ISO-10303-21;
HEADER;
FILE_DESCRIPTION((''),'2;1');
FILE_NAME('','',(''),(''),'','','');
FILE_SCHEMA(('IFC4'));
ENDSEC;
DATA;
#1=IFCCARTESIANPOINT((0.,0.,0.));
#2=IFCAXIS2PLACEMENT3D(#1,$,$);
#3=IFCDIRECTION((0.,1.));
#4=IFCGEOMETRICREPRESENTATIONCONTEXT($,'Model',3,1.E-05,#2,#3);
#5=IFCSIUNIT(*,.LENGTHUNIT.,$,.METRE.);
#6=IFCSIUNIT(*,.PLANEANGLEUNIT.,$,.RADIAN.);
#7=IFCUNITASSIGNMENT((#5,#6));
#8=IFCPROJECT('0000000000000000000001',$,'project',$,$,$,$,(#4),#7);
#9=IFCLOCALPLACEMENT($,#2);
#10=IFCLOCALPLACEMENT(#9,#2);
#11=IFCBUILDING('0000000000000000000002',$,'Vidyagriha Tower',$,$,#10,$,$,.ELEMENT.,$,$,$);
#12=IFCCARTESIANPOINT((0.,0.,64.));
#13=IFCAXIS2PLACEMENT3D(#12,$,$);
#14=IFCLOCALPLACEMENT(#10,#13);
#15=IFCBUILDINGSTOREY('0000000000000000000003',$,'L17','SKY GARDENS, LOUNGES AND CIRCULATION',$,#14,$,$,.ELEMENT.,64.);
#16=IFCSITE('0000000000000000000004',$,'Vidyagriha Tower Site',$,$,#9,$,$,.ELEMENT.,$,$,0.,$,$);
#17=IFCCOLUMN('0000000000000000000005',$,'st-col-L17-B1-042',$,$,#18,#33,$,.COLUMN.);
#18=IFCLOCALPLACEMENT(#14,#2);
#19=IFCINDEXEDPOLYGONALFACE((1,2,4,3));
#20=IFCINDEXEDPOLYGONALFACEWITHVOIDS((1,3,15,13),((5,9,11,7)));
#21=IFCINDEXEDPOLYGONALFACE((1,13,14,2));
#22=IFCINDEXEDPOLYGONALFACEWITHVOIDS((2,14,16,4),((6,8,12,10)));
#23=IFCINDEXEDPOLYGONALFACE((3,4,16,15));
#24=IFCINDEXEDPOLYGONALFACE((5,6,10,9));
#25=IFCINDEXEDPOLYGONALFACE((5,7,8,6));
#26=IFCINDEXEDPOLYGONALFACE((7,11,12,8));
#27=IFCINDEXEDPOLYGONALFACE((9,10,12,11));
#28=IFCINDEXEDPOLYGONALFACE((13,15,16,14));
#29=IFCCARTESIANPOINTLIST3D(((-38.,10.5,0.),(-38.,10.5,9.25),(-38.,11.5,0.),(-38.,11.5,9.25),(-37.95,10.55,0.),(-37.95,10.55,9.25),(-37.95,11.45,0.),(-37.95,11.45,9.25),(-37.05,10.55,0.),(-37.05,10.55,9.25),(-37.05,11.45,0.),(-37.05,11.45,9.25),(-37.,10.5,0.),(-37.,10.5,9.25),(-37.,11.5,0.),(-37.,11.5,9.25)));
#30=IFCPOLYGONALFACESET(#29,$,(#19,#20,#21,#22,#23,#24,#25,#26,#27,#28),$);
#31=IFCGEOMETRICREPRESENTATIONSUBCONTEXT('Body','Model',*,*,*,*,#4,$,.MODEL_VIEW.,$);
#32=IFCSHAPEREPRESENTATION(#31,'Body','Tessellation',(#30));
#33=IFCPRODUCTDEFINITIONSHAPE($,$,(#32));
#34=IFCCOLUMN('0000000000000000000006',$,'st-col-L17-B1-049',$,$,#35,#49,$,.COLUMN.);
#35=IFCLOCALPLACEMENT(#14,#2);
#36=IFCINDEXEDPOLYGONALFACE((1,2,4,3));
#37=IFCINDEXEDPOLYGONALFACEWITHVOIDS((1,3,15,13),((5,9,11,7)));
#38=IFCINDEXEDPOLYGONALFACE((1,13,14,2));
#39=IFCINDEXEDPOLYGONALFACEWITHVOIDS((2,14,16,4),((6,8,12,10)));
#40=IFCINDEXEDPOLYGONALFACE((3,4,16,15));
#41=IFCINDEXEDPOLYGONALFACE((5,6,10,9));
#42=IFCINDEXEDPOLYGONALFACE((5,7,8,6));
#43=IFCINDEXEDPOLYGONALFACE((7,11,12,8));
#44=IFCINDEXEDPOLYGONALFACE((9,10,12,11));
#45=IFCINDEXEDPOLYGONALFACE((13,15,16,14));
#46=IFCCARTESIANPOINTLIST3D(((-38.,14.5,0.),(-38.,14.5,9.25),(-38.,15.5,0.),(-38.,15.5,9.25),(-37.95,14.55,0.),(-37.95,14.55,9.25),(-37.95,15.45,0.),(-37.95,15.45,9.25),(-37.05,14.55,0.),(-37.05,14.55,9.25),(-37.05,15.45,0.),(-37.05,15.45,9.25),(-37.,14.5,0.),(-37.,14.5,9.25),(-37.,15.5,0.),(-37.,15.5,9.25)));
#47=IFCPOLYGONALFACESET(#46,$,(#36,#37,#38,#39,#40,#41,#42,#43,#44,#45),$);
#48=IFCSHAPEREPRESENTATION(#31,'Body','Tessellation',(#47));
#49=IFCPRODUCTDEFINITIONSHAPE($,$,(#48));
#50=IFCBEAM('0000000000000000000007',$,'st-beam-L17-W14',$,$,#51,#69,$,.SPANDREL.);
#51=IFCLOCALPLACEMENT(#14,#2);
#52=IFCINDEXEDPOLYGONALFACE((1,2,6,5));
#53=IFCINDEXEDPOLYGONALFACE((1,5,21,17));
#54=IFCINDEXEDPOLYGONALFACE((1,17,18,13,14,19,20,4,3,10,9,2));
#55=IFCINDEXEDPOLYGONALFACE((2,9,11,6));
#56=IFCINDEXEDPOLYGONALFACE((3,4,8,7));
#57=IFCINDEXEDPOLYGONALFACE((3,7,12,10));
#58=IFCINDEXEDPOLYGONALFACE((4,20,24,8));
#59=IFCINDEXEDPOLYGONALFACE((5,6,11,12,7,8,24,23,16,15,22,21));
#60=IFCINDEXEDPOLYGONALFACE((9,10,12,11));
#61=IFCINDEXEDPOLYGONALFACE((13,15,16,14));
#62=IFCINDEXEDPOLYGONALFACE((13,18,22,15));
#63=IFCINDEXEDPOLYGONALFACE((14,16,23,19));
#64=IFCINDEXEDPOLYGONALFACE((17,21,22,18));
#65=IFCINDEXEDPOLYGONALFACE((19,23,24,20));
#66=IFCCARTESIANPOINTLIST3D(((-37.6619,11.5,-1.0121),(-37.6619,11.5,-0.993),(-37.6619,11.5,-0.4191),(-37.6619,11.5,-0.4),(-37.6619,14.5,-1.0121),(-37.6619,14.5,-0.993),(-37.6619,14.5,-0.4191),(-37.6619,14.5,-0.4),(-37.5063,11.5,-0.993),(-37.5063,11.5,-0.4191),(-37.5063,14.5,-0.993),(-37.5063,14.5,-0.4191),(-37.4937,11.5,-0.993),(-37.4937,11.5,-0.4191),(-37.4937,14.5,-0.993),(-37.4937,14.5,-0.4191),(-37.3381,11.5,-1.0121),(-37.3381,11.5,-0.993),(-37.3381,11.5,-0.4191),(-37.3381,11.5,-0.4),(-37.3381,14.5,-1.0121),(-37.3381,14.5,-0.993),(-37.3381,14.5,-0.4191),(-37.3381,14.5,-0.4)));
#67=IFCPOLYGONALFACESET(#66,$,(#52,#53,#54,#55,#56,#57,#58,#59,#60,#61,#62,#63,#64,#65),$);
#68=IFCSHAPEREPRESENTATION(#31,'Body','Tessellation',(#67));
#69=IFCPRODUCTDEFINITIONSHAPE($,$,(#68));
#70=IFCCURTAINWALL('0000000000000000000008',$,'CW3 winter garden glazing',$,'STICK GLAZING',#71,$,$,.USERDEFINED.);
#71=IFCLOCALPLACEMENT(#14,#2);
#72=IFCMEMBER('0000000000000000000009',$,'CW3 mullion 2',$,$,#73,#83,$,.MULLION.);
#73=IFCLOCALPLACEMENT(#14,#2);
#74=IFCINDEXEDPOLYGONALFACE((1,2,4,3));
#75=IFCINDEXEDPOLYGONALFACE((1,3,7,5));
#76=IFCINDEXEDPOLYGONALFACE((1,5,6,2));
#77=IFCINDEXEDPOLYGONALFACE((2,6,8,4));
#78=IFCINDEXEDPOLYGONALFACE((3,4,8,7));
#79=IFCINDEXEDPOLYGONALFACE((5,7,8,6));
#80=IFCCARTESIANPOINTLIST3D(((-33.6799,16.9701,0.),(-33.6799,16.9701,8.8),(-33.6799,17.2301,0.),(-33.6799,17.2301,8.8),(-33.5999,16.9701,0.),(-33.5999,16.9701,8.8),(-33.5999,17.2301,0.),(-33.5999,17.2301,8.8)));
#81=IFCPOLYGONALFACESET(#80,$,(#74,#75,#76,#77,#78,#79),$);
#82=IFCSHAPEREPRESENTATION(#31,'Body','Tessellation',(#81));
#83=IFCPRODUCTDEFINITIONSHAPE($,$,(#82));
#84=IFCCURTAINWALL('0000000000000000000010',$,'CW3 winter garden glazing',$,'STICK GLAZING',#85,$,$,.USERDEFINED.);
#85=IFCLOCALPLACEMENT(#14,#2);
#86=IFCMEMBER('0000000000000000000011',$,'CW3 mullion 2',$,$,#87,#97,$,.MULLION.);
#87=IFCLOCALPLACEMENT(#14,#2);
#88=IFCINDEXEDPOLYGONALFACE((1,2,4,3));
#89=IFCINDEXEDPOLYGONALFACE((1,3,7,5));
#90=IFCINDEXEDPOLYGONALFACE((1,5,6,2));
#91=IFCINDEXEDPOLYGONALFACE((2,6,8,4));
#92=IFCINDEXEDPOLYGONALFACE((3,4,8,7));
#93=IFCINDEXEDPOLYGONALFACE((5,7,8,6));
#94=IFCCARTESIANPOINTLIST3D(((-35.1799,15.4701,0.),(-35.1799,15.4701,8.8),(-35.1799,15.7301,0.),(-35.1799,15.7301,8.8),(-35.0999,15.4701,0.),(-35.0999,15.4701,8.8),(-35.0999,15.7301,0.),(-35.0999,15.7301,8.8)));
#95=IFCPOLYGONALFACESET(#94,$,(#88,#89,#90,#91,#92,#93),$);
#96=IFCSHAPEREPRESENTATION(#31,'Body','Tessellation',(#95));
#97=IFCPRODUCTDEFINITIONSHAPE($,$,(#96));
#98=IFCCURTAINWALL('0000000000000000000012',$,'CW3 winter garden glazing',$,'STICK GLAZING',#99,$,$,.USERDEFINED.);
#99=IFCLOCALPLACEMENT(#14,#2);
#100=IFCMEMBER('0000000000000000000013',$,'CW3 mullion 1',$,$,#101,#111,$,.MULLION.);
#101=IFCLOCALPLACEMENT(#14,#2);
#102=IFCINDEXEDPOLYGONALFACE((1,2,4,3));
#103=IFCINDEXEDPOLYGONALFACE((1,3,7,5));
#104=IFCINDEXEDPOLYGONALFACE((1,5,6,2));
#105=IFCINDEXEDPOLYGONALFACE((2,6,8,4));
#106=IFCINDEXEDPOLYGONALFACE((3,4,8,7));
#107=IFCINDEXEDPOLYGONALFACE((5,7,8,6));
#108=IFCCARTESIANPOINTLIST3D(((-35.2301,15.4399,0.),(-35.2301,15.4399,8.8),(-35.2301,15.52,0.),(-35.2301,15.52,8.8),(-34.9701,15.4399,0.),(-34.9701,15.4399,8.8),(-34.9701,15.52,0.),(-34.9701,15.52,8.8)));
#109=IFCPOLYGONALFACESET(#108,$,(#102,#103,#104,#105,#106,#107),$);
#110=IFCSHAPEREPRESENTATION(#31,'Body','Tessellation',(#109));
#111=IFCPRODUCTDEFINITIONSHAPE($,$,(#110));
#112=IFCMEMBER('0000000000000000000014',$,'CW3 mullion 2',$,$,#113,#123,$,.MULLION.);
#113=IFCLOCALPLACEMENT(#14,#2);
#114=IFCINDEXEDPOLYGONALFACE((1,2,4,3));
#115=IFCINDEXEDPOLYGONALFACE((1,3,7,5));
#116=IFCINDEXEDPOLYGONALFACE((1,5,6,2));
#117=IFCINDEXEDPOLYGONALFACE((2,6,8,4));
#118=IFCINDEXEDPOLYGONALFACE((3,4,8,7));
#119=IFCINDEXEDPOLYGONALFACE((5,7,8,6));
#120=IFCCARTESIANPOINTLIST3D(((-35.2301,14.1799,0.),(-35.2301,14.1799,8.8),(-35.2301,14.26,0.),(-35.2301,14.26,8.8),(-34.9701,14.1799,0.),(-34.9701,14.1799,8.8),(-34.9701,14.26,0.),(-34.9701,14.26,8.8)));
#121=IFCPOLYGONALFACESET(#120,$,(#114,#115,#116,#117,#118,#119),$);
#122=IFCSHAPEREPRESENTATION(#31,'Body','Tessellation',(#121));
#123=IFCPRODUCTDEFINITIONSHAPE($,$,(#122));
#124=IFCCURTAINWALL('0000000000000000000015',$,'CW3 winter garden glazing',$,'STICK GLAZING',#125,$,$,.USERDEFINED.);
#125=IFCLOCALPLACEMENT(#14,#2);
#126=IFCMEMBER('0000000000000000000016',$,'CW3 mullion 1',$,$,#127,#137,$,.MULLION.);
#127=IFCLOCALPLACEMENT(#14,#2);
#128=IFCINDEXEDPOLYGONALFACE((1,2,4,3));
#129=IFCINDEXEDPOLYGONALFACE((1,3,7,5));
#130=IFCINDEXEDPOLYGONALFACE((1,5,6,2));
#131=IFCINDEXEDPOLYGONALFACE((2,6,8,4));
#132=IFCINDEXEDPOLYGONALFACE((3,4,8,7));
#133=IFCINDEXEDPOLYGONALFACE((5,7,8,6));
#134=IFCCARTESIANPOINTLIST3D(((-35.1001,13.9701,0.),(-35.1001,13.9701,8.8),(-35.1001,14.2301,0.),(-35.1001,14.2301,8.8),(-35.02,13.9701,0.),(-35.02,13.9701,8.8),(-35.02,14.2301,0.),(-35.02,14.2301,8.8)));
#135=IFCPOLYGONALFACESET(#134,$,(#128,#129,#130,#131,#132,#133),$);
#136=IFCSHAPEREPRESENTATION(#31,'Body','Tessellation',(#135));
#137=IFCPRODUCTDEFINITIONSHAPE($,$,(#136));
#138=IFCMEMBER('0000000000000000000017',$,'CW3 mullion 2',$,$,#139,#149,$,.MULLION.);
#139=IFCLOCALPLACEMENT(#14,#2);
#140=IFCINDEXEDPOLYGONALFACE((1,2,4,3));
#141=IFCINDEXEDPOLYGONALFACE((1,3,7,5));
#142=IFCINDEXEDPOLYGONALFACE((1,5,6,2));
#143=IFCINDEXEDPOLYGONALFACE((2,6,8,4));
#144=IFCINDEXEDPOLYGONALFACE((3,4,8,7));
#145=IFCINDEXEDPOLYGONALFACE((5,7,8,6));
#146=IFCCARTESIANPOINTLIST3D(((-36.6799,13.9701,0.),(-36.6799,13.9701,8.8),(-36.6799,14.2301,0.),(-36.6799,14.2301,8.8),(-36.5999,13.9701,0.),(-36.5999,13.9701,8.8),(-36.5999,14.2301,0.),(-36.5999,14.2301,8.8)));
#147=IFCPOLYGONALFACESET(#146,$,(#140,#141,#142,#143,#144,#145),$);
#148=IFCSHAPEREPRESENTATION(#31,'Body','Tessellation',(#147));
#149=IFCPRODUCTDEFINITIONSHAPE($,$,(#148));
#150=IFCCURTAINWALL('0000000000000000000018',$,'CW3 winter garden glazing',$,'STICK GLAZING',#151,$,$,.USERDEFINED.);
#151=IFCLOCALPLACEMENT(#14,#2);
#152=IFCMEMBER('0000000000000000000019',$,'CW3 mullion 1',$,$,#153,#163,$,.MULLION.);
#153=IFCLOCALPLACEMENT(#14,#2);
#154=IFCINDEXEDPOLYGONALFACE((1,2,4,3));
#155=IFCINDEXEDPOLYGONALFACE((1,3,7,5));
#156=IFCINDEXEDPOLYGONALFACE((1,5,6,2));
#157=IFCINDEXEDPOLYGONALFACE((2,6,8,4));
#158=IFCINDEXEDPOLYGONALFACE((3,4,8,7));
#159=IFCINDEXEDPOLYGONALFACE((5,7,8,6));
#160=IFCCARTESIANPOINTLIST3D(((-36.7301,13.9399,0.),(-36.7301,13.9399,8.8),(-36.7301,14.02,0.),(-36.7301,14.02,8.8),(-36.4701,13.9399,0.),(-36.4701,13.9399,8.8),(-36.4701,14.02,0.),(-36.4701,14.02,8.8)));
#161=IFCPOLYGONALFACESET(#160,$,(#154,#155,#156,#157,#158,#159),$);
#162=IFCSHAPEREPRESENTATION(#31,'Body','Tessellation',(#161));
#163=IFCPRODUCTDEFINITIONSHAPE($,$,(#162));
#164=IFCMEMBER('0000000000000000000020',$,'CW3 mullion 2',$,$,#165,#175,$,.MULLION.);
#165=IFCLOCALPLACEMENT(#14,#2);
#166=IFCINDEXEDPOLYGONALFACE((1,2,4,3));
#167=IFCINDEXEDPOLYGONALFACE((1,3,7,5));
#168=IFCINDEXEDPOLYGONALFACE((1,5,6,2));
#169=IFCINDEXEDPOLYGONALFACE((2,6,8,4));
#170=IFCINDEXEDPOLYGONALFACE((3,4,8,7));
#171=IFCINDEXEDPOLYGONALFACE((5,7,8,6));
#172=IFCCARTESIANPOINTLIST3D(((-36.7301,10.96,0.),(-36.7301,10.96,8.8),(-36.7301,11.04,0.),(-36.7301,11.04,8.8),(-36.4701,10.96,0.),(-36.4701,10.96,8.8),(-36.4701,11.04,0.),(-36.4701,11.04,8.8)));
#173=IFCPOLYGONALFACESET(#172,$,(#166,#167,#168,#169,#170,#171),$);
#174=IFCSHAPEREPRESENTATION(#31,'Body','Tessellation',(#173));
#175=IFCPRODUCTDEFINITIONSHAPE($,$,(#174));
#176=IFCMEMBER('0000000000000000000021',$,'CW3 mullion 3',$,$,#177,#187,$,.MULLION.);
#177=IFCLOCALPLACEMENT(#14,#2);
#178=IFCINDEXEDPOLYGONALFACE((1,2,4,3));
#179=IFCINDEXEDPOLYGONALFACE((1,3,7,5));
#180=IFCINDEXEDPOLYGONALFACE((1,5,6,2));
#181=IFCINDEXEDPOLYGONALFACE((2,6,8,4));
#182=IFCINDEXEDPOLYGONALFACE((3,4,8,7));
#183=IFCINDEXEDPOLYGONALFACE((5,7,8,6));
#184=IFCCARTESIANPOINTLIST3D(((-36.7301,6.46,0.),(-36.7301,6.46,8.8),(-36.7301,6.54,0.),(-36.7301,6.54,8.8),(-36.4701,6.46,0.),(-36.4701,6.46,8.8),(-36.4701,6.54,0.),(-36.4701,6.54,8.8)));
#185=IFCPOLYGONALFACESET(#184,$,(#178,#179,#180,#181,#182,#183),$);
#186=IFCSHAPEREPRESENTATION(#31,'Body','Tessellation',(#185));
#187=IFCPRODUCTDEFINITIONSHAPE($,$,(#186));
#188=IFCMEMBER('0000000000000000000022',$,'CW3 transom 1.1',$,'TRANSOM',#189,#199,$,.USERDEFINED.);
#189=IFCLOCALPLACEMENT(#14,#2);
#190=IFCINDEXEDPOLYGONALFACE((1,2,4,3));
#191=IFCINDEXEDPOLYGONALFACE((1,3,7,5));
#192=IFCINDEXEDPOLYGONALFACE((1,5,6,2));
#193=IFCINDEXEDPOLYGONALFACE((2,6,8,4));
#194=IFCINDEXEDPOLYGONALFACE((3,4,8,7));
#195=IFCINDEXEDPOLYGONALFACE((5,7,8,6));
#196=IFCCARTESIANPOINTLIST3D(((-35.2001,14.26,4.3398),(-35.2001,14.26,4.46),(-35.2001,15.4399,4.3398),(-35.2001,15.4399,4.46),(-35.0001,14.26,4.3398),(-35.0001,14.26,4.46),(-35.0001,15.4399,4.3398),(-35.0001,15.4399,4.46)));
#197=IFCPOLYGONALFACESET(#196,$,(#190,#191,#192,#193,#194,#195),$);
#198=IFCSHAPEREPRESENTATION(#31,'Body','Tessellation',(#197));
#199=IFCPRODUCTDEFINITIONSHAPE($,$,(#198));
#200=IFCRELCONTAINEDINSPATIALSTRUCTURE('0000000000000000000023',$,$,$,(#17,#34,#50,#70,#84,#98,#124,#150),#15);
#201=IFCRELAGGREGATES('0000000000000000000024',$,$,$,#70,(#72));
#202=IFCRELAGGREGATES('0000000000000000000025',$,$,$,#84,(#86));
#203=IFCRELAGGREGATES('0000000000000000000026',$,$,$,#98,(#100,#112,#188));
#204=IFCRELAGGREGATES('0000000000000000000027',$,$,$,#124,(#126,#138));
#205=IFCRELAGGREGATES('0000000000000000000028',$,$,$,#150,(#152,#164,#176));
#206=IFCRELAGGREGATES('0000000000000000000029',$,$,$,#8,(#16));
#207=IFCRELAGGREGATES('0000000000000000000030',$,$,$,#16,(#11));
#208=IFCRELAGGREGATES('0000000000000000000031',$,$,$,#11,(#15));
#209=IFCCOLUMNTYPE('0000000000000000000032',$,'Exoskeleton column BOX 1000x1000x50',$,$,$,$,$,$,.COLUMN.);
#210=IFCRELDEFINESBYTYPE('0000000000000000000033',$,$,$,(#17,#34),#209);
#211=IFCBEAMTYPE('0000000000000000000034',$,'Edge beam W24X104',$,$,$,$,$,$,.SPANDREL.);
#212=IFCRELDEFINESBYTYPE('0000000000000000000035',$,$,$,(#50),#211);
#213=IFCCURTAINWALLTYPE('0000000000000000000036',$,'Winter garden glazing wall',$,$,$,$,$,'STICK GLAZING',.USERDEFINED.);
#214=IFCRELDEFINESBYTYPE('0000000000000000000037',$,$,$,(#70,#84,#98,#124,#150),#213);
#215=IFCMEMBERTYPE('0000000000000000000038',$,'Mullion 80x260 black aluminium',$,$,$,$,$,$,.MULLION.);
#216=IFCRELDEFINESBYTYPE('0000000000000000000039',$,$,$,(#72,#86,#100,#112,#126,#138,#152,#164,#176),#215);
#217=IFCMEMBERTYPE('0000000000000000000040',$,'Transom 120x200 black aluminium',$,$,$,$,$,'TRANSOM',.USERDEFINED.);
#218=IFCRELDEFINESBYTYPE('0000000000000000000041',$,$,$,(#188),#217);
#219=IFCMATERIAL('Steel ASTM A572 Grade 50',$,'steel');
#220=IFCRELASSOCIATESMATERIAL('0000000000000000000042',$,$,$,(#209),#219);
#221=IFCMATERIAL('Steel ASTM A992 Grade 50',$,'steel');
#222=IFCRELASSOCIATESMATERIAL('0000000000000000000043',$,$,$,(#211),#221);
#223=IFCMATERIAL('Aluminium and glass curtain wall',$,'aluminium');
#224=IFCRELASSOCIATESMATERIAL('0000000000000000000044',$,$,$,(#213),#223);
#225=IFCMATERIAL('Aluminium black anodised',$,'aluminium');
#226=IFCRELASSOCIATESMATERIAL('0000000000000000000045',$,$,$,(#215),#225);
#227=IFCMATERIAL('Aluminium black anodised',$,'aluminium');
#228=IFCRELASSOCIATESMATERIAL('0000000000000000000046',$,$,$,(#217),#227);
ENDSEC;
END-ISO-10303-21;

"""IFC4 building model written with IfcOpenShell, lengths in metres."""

from ifc_helpers import new_model, si_unit, direction, frame, origin, origin_2d, place, context, subcontext, project, spatial, rectangle, hollow_rectangle, i_section, extrude, material, material_profile, profile_set, type_object, element, aggregate, save


model = new_model("IFC4")

# Units and contexts
model_context = context("Model", 3, precision=1e-05, world=origin(), true_north=direction((0.0, 1.0)))
body_context = subcontext(model_context, "Body", "Model", "MODEL_VIEW")
ifc_project = project(units=[si_unit("LENGTHUNIT", "METRE"), si_unit("PLANEANGLEUNIT", "RADIAN")], contexts=[model_context])

# Site, building, storey
site_placement = place(None, origin())
site = spatial("IfcSite", under=ifc_project, at=site_placement, Name="Vidyagriha Tower Site", CompositionType="ELEMENT", RefElevation=0.0)
building_placement = place(site_placement, origin())
building = spatial("IfcBuilding", under=site, at=building_placement, Name="Vidyagriha Tower", CompositionType="ELEMENT")
storey_placement = place(building_placement, frame((0.0, 0.0, 64.0)))
storey = spatial("IfcBuildingStorey", under=building, at=storey_placement, Name="L17", Description="SKY GARDENS, LOUNGES AND CIRCULATION", CompositionType="ELEMENT", Elevation=64.0)

# Columns
ifc_material_1 = material(Name="Steel ASTM A572 Grade 50", Category="steel")
ifc_material_profile_1 = material_profile(ifc_material_1, hollow_rectangle(XDim=1.0, YDim=1.0, WallThickness=0.05, at=origin_2d()), Name="BOX 1000x1000x50")
ifc_profile_set_1 = profile_set([ifc_material_profile_1], Name="Steel ASTM A572 Grade 50")
column_type = type_object("IfcColumnType", Name="Exoskeleton column BOX 1000x1000x50", PredefinedType="COLUMN", material=ifc_profile_set_1)
for number, where, name in (
    (1, (-37.5, 11.0, 0.0), "st-col-L17-B1-042"),
    (2, (-37.5, 15.0, 0.0), "st-col-L17-B1-049"),
):
    element("IfcColumn", number, at=place(storey_placement, frame(where)), inside=storey, type_object=column_type, Name=name, PredefinedType="COLUMN", context=body_context, shape_type="SweptSolid", body=[
        extrude(hollow_rectangle(XDim=1.0, YDim=1.0, WallThickness=0.05, at=origin_2d()), origin(), (0.0, 0.0, 1.0), 9.25),
    ])

# Beam
ifc_material_2 = material(Name="Steel ASTM A992 Grade 50", Category="steel")
ifc_material_profile_2 = material_profile(ifc_material_2, i_section(OverallWidth=0.3237, OverallDepth=0.6121, WebThickness=0.0127, FlangeThickness=0.019, at=origin_2d()), Name="W24X104")
ifc_profile_set_2 = profile_set([ifc_material_profile_2], Name="Steel ASTM A992 Grade 50")
beam_type = type_object("IfcBeamType", Name="Edge beam W24X104", PredefinedType="SPANDREL", material=ifc_profile_set_2)
beam_placement = place(storey_placement, frame((-37.5, 11.5, -0.7061), z_axis=(0.0, 1.0, 0.0), x_axis=(-1.0, 0.0, 0.0)))
element("IfcBeam", 3, at=beam_placement, inside=storey, type_object=beam_type, Name="st-beam-L17-W14", PredefinedType="SPANDREL", context=body_context, shape_type="SweptSolid", body=[
    extrude(i_section(OverallWidth=0.3237, OverallDepth=0.6121, WebThickness=0.0127, FlangeThickness=0.019, at=origin_2d()), origin(), (0.0, 0.0, 1.0), 3.0),
])

# Curtain walls, members
ifc_material_3 = material(Name="Aluminium and glass curtain wall", Category="aluminium")
curtain_wall_type = type_object("IfcCurtainWallType", Name="Winter garden glazing wall", ElementType="STICK GLAZING", PredefinedType="USERDEFINED", material=ifc_material_3)
curtain_wall_1_placement = place(storey_placement, origin())
curtain_wall_1 = element("IfcCurtainWall", 4, at=curtain_wall_1_placement, inside=storey, type_object=curtain_wall_type, Name="CW3 winter garden glazing", ObjectType="STICK GLAZING", PredefinedType="USERDEFINED")
ifc_material_4 = material(Name="Aluminium black anodised", Category="aluminium")
ifc_material_profile_3 = material_profile(ifc_material_4, rectangle(XDim=0.26, YDim=0.0801, at=origin_2d()), Name="Mullion 80x260 black aluminium")
ifc_profile_set_3 = profile_set([ifc_material_profile_3], Name="Aluminium black anodised")
member_type_1 = type_object("IfcMemberType", Name="Mullion 80x260 black aluminium", PredefinedType="MULLION", material=ifc_profile_set_3)
member_1_placement = place(storey_placement, frame((-33.6399, 17.1001, 0.0), z_axis=(0.0, 0.0, 1.0), x_axis=(0.0, -1.0, 0.0)))
member_1 = element("IfcMember", 5, at=member_1_placement, type_object=member_type_1, Name="CW3 mullion 2", PredefinedType="MULLION", context=body_context, shape_type="SweptSolid", body=[
    extrude(rectangle(XDim=0.26, YDim=0.0801, at=origin_2d()), origin(), (0.0, 0.0, 1.0), 8.8),
])
aggregate(curtain_wall_1, [member_1])
curtain_wall_2_placement = place(storey_placement, origin())
curtain_wall_2 = element("IfcCurtainWall", 6, at=curtain_wall_2_placement, inside=storey, type_object=curtain_wall_type, Name="CW3 winter garden glazing", ObjectType="STICK GLAZING", PredefinedType="USERDEFINED")
member_2_placement = place(storey_placement, frame((-35.1399, 15.6001, 0.0), z_axis=(0.0, 0.0, 1.0), x_axis=(0.0, -1.0, 0.0)))
member_2 = element("IfcMember", 7, at=member_2_placement, type_object=member_type_1, Name="CW3 mullion 2", PredefinedType="MULLION", context=body_context, shape_type="SweptSolid", body=[
    extrude(rectangle(XDim=0.26, YDim=0.0801, at=origin_2d()), origin(), (0.0, 0.0, 1.0), 8.8),
])

# Curtain walls, members
curtain_wall_3_placement = place(storey_placement, origin())
curtain_wall_3 = element("IfcCurtainWall", 8, at=curtain_wall_3_placement, inside=storey, type_object=curtain_wall_type, Name="CW3 winter garden glazing", ObjectType="STICK GLAZING", PredefinedType="USERDEFINED")
member_3_placement = place(storey_placement, frame((-35.1001, 15.48, 0.0)))
member_3 = element("IfcMember", 9, at=member_3_placement, type_object=member_type_1, Name="CW3 mullion 1", PredefinedType="MULLION", context=body_context, shape_type="SweptSolid", body=[
    extrude(rectangle(XDim=0.26, YDim=0.0801, at=origin_2d()), origin(), (0.0, 0.0, 1.0), 8.8),
])
member_4_placement = place(storey_placement, frame((-35.1001, 14.22, 0.0)))
member_4 = element("IfcMember", 10, at=member_4_placement, type_object=member_type_1, Name="CW3 mullion 2", PredefinedType="MULLION", context=body_context, shape_type="SweptSolid", body=[
    extrude(rectangle(XDim=0.26, YDim=0.0801, at=origin_2d()), origin(), (0.0, 0.0, 1.0), 8.8),
])
curtain_wall_4_placement = place(storey_placement, origin())
curtain_wall_4 = element("IfcCurtainWall", 11, at=curtain_wall_4_placement, inside=storey, type_object=curtain_wall_type, Name="CW3 winter garden glazing", ObjectType="STICK GLAZING", PredefinedType="USERDEFINED")
member_5_placement = place(storey_placement, frame((-35.0601, 14.1001, 0.0), z_axis=(0.0, 0.0, 1.0), x_axis=(0.0, -1.0, 0.0)))
member_5 = element("IfcMember", 12, at=member_5_placement, type_object=member_type_1, Name="CW3 mullion 1", PredefinedType="MULLION", context=body_context, shape_type="SweptSolid", body=[
    extrude(rectangle(XDim=0.26, YDim=0.0801, at=origin_2d()), origin(), (0.0, 0.0, 1.0), 8.8),
])
member_6_placement = place(storey_placement, frame((-36.6399, 14.1001, 0.0), z_axis=(0.0, 0.0, 1.0), x_axis=(0.0, -1.0, 0.0)))
member_6 = element("IfcMember", 13, at=member_6_placement, type_object=member_type_1, Name="CW3 mullion 2", PredefinedType="MULLION", context=body_context, shape_type="SweptSolid", body=[
    extrude(rectangle(XDim=0.26, YDim=0.0801, at=origin_2d()), origin(), (0.0, 0.0, 1.0), 8.8),
])
curtain_wall_5_placement = place(storey_placement, origin())
curtain_wall_5 = element("IfcCurtainWall", 14, at=curtain_wall_5_placement, inside=storey, type_object=curtain_wall_type, Name="CW3 winter garden glazing", ObjectType="STICK GLAZING", PredefinedType="USERDEFINED")
member_7_placement = place(storey_placement, frame((-36.6001, 13.98, 0.0)))
member_7 = element("IfcMember", 15, at=member_7_placement, type_object=member_type_1, Name="CW3 mullion 1", PredefinedType="MULLION", context=body_context, shape_type="SweptSolid", body=[
    extrude(rectangle(XDim=0.26, YDim=0.0801, at=origin_2d()), origin(), (0.0, 0.0, 1.0), 8.8),
])
member_8_placement = place(storey_placement, frame((-36.6001, 11.0, 0.0)))
member_8 = element("IfcMember", 16, at=member_8_placement, type_object=member_type_1, Name="CW3 mullion 2", PredefinedType="MULLION", context=body_context, shape_type="SweptSolid", body=[
    extrude(rectangle(XDim=0.26, YDim=0.0801, at=origin_2d()), origin(), (0.0, 0.0, 1.0), 8.8),
])
member_9_placement = place(storey_placement, frame((-36.6001, 6.5, 0.0)))
member_9 = element("IfcMember", 17, at=member_9_placement, type_object=member_type_1, Name="CW3 mullion 3", PredefinedType="MULLION", context=body_context, shape_type="SweptSolid", body=[
    extrude(rectangle(XDim=0.26, YDim=0.0801, at=origin_2d()), origin(), (0.0, 0.0, 1.0), 8.8),
])

# Member
ifc_material_5 = material(Name="Aluminium black anodised", Category="aluminium")
ifc_material_profile_4 = material_profile(ifc_material_5, rectangle(XDim=0.2, YDim=0.1201, at=origin_2d()), Name="Transom 120x200 black aluminium")
ifc_profile_set_4 = profile_set([ifc_material_profile_4], Name="Aluminium black anodised")
member_type_2 = type_object("IfcMemberType", Name="Transom 120x200 black aluminium", ElementType="TRANSOM", PredefinedType="USERDEFINED", material=ifc_profile_set_4)
member_10_placement = place(storey_placement, frame((-35.1001, 15.4399, 4.3999), z_axis=(0.0, -1.0, 0.0), x_axis=(1.0, 0.0, 0.0)))
member_10 = element("IfcMember", 18, at=member_10_placement, type_object=member_type_2, Name="CW3 transom 1.1", ObjectType="TRANSOM", PredefinedType="USERDEFINED", context=body_context, shape_type="SweptSolid", body=[
    extrude(rectangle(XDim=0.2, YDim=0.1201, at=origin_2d()), origin(), (0.0, 0.0, 1.0), 1.1799),
])

aggregate(curtain_wall_2, [member_2])
aggregate(curtain_wall_3, [member_3, member_4, member_10])
aggregate(curtain_wall_4, [member_5, member_6])
aggregate(curtain_wall_5, [member_7, member_8, member_9])

save(model, "model.ifc")
